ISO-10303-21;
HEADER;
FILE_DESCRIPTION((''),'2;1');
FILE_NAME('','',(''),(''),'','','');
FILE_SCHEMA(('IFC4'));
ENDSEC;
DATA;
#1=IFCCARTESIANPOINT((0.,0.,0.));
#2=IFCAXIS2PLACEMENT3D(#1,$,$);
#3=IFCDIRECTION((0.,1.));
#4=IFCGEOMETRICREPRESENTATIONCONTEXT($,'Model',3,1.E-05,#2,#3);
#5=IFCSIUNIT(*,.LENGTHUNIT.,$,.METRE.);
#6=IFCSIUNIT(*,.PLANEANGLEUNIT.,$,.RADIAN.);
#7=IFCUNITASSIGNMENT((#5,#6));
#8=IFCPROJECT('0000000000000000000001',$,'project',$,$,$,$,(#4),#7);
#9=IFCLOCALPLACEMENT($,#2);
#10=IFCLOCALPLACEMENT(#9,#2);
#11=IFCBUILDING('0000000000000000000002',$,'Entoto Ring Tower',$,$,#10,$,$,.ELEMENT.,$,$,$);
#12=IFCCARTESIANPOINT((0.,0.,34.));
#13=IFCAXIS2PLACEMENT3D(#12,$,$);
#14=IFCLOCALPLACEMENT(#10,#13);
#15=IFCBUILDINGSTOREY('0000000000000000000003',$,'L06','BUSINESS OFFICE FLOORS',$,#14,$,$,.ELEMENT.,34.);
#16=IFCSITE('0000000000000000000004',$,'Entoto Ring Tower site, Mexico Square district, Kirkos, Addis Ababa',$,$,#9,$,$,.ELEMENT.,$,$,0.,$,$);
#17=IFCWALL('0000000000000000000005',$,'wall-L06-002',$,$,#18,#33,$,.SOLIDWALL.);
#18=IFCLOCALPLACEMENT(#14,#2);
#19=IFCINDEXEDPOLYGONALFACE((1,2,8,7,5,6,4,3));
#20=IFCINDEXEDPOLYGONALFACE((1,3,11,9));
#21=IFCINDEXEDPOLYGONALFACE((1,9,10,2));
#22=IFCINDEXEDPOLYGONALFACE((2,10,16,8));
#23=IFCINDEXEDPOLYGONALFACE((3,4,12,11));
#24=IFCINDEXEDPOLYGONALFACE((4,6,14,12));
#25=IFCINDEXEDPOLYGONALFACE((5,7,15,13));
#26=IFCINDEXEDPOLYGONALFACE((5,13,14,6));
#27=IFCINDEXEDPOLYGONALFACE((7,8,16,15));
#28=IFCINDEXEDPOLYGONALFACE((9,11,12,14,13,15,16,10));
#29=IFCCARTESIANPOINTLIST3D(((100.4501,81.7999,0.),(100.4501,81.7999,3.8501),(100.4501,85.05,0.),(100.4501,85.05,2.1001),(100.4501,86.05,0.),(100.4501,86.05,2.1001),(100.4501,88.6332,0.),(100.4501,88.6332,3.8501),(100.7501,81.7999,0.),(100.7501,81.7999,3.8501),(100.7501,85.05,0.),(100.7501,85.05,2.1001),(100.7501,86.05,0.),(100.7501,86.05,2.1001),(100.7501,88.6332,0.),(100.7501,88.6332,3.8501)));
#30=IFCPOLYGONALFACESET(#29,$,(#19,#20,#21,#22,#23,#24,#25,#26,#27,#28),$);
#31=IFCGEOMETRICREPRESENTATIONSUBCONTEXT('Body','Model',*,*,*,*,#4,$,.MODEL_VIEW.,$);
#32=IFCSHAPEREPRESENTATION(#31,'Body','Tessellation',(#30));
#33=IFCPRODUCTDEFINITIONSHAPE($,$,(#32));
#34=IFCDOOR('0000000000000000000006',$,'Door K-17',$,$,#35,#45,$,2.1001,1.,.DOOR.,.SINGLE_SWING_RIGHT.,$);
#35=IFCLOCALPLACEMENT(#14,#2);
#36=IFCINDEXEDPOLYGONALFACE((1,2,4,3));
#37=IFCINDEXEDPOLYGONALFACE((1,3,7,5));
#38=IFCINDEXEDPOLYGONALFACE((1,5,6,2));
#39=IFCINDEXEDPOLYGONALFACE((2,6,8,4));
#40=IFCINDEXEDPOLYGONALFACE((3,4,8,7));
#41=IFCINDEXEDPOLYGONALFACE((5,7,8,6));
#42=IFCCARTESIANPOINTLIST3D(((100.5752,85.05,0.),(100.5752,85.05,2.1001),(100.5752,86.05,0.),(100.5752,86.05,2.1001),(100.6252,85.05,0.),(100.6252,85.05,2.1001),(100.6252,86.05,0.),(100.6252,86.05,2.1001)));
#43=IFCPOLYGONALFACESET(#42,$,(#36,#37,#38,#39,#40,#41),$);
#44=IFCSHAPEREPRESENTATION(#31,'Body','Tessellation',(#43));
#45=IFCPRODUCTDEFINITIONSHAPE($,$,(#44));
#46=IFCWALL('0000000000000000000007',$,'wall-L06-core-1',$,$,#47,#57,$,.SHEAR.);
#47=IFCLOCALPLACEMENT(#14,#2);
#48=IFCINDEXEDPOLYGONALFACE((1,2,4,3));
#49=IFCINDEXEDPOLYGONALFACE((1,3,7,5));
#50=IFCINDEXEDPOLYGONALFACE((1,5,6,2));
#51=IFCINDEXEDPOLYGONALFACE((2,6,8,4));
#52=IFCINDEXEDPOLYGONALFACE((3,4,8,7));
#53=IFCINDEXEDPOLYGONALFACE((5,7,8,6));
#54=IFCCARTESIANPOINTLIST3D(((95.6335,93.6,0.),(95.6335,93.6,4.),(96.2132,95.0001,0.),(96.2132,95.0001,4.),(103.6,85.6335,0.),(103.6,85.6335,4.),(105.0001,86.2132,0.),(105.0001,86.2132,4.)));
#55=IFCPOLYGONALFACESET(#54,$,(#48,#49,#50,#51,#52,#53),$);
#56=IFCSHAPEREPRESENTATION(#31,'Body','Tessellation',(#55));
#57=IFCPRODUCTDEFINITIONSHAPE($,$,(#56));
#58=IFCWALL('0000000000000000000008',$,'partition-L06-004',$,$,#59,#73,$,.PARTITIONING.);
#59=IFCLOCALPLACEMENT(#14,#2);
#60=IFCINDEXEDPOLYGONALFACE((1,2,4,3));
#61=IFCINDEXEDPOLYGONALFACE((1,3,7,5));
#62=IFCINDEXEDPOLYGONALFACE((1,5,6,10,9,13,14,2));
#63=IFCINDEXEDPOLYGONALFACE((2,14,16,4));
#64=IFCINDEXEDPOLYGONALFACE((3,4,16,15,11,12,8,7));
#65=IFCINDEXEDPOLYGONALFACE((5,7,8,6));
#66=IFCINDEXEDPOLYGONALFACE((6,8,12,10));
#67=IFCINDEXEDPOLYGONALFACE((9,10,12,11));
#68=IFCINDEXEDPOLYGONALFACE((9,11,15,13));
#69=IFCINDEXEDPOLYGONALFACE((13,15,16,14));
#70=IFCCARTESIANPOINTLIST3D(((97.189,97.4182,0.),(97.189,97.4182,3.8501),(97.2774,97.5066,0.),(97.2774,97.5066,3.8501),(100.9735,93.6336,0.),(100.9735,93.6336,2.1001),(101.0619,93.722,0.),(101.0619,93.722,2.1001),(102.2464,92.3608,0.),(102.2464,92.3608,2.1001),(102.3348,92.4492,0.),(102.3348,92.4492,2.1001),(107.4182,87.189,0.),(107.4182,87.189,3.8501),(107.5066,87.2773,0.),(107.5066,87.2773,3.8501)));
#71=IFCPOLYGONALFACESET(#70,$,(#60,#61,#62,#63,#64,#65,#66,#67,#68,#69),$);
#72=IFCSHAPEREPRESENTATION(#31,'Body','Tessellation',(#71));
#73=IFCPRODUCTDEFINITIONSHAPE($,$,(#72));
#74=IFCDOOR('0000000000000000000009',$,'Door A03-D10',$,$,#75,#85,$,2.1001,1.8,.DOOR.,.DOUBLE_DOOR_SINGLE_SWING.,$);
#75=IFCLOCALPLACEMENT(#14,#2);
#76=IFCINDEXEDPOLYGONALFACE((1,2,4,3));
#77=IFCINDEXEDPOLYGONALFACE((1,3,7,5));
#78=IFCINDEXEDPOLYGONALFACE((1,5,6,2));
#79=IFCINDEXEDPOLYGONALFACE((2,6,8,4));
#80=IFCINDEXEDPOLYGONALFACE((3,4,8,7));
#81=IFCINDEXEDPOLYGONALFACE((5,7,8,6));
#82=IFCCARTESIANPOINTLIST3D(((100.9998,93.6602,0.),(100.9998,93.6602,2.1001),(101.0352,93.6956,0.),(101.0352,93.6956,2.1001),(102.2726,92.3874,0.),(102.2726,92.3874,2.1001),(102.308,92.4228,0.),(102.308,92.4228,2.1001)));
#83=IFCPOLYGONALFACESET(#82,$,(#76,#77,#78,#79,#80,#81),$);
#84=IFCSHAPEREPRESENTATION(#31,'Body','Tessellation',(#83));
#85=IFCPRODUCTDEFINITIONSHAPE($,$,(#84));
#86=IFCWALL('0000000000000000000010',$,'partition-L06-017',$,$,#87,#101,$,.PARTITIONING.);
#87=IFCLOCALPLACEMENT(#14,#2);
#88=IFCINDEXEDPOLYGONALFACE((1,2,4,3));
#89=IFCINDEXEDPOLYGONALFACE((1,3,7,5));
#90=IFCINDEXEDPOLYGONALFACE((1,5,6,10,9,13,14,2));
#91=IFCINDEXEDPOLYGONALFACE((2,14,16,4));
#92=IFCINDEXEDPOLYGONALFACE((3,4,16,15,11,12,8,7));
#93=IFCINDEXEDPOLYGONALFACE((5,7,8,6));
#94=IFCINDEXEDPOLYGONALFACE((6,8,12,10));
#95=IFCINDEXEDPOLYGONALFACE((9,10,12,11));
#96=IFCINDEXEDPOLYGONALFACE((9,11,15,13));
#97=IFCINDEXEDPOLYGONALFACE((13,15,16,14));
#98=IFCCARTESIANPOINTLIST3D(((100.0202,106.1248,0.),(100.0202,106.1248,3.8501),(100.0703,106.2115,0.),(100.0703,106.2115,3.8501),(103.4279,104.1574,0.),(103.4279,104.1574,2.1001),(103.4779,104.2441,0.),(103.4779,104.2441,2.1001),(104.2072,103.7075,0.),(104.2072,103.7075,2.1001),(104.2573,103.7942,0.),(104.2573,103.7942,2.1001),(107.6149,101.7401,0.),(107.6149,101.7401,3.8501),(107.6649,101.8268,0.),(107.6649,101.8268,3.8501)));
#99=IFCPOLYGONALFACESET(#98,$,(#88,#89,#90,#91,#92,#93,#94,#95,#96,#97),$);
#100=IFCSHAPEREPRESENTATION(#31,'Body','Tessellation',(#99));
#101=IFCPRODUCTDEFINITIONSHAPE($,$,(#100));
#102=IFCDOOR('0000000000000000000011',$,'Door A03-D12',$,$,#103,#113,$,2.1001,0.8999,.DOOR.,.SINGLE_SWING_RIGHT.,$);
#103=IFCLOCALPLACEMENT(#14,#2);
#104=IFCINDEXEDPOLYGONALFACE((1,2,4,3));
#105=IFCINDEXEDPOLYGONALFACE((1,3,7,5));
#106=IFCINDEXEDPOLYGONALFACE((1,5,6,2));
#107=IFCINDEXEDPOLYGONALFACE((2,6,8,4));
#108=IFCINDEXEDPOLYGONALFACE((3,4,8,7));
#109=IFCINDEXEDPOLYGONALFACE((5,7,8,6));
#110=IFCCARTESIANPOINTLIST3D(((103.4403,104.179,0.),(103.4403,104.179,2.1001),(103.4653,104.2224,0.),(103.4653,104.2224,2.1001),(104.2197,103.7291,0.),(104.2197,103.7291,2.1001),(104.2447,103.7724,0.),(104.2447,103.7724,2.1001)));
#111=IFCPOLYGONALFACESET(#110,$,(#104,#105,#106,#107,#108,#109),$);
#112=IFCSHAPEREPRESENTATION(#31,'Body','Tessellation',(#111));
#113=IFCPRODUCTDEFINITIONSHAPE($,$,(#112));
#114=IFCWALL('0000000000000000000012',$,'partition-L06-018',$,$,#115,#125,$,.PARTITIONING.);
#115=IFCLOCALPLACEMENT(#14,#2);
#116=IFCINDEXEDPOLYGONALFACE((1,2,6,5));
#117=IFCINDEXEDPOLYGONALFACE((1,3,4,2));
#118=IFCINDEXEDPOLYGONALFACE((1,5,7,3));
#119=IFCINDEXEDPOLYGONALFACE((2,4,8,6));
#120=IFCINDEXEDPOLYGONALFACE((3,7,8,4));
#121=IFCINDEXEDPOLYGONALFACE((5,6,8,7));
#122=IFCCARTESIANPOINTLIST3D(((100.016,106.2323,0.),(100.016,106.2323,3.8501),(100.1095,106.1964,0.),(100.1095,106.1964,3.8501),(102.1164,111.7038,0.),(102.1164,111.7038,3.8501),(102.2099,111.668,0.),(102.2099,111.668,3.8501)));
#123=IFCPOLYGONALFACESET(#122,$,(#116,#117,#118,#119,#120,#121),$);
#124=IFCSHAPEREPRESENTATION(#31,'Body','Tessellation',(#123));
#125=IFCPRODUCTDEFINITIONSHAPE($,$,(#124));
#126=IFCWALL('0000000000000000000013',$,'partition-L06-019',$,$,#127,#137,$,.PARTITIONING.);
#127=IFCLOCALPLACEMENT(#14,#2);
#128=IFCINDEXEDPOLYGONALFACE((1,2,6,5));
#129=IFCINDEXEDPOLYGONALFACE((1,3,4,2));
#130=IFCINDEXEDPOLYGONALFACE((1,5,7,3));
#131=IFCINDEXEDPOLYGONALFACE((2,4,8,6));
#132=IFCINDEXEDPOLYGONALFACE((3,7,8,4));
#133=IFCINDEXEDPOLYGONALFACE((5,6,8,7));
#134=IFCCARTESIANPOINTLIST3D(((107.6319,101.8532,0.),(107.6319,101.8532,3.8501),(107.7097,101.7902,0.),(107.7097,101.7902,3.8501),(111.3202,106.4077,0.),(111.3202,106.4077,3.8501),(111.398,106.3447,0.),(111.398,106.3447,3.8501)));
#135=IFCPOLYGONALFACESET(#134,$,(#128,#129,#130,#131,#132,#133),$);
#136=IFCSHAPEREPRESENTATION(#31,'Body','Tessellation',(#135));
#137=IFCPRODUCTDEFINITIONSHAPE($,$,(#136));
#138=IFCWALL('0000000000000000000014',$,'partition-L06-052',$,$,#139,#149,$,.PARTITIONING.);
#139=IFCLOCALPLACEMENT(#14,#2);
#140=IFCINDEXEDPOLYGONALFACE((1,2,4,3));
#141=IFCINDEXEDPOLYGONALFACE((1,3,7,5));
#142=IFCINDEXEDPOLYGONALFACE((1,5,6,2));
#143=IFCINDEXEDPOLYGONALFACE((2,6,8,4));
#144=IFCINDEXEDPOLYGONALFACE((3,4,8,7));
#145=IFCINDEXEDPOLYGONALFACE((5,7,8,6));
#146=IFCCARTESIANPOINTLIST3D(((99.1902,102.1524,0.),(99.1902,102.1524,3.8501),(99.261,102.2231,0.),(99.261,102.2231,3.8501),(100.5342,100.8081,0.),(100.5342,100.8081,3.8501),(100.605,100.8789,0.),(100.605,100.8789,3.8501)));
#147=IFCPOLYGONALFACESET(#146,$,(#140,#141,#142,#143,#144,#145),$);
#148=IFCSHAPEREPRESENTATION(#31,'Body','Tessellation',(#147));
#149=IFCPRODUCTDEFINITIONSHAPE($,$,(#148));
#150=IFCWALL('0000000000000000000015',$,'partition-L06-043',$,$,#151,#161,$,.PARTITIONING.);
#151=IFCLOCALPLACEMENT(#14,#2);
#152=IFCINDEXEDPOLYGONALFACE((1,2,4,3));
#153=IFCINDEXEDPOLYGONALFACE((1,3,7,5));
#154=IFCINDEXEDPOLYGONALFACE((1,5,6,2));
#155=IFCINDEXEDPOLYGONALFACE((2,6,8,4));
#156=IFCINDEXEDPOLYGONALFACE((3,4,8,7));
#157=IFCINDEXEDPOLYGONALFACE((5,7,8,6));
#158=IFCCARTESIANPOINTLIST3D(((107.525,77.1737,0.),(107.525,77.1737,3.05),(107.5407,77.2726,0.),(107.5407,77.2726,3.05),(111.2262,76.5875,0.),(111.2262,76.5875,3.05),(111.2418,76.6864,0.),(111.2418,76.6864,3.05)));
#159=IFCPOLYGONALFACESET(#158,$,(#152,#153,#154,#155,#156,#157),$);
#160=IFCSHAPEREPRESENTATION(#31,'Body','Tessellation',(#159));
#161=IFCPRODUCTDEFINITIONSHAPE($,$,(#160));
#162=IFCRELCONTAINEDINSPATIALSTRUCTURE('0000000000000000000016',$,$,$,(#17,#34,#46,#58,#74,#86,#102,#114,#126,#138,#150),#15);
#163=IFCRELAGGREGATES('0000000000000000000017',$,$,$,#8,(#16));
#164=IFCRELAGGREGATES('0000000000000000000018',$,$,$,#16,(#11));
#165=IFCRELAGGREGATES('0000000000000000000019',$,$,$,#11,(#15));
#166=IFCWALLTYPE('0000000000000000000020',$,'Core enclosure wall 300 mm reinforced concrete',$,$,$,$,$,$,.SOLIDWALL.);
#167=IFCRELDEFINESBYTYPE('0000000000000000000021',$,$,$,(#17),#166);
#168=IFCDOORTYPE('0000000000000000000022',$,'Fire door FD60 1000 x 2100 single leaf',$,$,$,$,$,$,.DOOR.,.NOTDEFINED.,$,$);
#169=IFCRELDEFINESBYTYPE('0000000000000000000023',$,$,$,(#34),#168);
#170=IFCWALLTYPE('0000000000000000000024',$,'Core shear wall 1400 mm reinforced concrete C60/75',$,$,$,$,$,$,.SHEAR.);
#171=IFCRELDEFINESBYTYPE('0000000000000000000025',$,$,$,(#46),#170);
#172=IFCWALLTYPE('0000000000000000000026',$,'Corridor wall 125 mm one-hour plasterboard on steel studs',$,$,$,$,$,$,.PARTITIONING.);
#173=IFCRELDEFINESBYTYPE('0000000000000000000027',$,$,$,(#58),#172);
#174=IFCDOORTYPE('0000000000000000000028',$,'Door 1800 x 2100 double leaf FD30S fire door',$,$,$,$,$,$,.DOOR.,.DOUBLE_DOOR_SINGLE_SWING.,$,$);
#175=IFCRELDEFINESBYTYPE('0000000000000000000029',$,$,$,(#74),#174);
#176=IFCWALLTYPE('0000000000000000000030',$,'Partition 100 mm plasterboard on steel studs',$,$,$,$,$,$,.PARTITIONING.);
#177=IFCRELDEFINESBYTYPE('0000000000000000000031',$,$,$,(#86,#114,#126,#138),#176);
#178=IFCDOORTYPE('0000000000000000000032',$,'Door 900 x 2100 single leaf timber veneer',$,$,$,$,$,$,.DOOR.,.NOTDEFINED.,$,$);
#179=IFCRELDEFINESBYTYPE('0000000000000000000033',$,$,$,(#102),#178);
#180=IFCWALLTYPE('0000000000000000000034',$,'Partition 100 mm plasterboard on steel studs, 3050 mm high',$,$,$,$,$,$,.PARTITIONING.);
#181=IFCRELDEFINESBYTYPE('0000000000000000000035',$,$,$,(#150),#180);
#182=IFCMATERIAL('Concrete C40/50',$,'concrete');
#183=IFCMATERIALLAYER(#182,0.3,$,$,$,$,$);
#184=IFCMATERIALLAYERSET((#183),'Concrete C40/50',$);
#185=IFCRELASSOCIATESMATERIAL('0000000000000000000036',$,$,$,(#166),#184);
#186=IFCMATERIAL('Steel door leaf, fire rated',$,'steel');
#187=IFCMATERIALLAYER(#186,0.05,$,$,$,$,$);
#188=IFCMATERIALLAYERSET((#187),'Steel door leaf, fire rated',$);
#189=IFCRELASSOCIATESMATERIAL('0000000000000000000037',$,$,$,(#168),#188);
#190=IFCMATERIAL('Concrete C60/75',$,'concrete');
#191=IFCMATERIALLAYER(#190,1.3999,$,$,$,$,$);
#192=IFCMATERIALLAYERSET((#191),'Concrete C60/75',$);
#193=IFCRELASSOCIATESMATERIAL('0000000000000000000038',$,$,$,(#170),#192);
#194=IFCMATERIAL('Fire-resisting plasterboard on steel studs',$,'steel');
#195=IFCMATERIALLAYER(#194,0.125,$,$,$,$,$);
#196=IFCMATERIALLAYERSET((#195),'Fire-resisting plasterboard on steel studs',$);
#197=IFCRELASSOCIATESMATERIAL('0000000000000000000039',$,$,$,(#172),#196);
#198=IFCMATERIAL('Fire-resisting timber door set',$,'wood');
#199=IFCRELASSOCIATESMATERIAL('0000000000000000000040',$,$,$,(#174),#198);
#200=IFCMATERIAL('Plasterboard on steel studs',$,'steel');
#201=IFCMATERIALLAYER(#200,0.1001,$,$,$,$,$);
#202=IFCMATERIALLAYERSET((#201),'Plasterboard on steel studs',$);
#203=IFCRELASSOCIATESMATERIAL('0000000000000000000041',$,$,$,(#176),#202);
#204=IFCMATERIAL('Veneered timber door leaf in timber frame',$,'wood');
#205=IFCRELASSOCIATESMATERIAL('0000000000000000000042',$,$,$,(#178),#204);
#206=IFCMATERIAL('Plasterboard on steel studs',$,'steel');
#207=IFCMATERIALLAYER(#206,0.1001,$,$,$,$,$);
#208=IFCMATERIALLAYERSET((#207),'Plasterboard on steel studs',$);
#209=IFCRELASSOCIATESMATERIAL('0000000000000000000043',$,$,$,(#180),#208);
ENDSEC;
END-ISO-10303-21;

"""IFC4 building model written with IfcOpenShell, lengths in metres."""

from ifc_helpers import new_model, si_unit, direction, frame, frame_2d, origin, place, context, subcontext, project, spatial, polyline, rectangle, outline, extrude, material, layer, layer_set, type_object, element, fill, save


model = new_model("IFC4")

# Units and contexts
model_context = context("Model", 3, precision=1e-05, world=origin(), true_north=direction((0.0, 1.0)))
body_context = subcontext(model_context, "Body", "Model", "MODEL_VIEW")
ifc_project = project(units=[si_unit("LENGTHUNIT", "METRE"), si_unit("PLANEANGLEUNIT", "RADIAN")], contexts=[model_context])

# Site, building, storey
site_placement = place(None, origin())
site = spatial("IfcSite", under=ifc_project, at=site_placement, Name="Entoto Ring Tower site, Mexico Square district, Kirkos, Addis Ababa", CompositionType="ELEMENT", RefElevation=0.0)
building_placement = place(site_placement, origin())
building = spatial("IfcBuilding", under=site, at=building_placement, Name="Entoto Ring Tower", CompositionType="ELEMENT")
storey_placement = place(building_placement, frame((0.0, 0.0, 34.0)))
storey = spatial("IfcBuildingStorey", under=building, at=storey_placement, Name="L06", Description="BUSINESS OFFICE FLOORS", CompositionType="ELEMENT", Elevation=34.0)

# Wall, opening, door
ifc_material_1 = material(Name="Concrete C40/50", Category="concrete")
ifc_layer_1 = layer(ifc_material_1, 0.3)
ifc_layer_set_1 = layer_set([ifc_layer_1], Name="Concrete C40/50")
wall_type_1 = type_object("IfcWallType", Name="Core enclosure wall 300 mm reinforced concrete", PredefinedType="SOLIDWALL", material=ifc_layer_set_1)
wall_1_placement = place(storey_placement, frame((100.6001, 81.8, 0.0), z_axis=(0.0, 0.0, 1.0), x_axis=(0.0, 1.0, 0.0)))
wall_1 = element("IfcWall", 1, at=wall_1_placement, inside=storey, type_object=wall_type_1, Name="wall-L06-002", PredefinedType="SOLIDWALL", context=body_context, shape_type="SweptSolid", body=[
    extrude(rectangle(XDim=6.8333, YDim=0.3, at=frame_2d((3.4165, 0.0))), origin(), (0.0, 0.0, 1.0), 3.8501),
])
opening_1_placement = place(wall_1_placement, frame((3.25, 0.0, 0.0)))
opening_1 = element("IfcOpeningElement", 2, at=opening_1_placement, cuts=wall_1, PredefinedType="OPENING", context=body_context, shape_type="SweptSolid", body=[
    extrude(rectangle(XDim=1.0, YDim=2.1001, at=frame_2d((0.5, 1.05))), frame((0.0, 0.1602, 0.0), z_axis=(0.0, -1.0, 0.0), x_axis=(1.0, 0.0, 0.0)), (0.0, 0.0, 1.0), 0.3201),
])
ifc_material_2 = material(Name="Steel door leaf, fire rated", Category="steel")
ifc_layer_2 = layer(ifc_material_2, 0.05)
ifc_layer_set_2 = layer_set([ifc_layer_2], Name="Steel door leaf, fire rated")
door_type_1 = type_object("IfcDoorType", Name="Fire door FD60 1000 x 2100 single leaf", OperationType="NOTDEFINED", PredefinedType="DOOR", material=ifc_layer_set_2)
door_1_placement = place(opening_1_placement, origin())
door_1 = element("IfcDoor", 3, at=door_1_placement, inside=storey, type_object=door_type_1, Name="Door K-17", OperationType="SINGLE_SWING_RIGHT", OverallHeight=2.1001, OverallWidth=1.0, PredefinedType="DOOR", context=body_context, shape_type="SweptSolid", body=[
    extrude(rectangle(XDim=1.0, YDim=2.1001, at=frame_2d((0.5, 1.05))), frame((0.0, 0.0249, 0.0), z_axis=(0.0, -1.0, 0.0), x_axis=(1.0, 0.0, 0.0)), (0.0, 0.0, 1.0), 0.05),
])
fill(opening_1, door_1)

# Wall
ifc_material_3 = material(Name="Concrete C60/75", Category="concrete")
ifc_layer_3 = layer(ifc_material_3, 1.3999)
ifc_layer_set_3 = layer_set([ifc_layer_3], Name="Concrete C60/75")
wall_type_2 = type_object("IfcWallType", Name="Core shear wall 1400 mm reinforced concrete C60/75", PredefinedType="SHEAR", material=ifc_layer_set_3)
wall_2_placement = place(storey_placement, frame((104.3, 85.9233, 0.0), z_axis=(0.0, 0.0, 1.0), x_axis=(-0.707107, 0.707107, 0.0)))
element("IfcWall", 4, at=wall_2_placement, inside=storey, type_object=wall_type_2, Name="wall-L06-core-1", PredefinedType="SHEAR", context=body_context, shape_type="SweptSolid", body=[
    extrude(outline(polyline([(-0.29, -0.7), (12.1365, -0.7), (11.5564, 0.7), (0.29, 0.7), (-0.29, -0.7)])), origin(), (0.0, 0.0, 1.0), 4.0),
])

# Walls, openings, doors
ifc_material_4 = material(Name="Fire-resisting plasterboard on steel studs", Category="steel")
ifc_layer_4 = layer(ifc_material_4, 0.125)
ifc_layer_set_4 = layer_set([ifc_layer_4], Name="Fire-resisting plasterboard on steel studs")
wall_type_3 = type_object("IfcWallType", Name="Corridor wall 125 mm one-hour plasterboard on steel studs", PredefinedType="PARTITIONING", material=ifc_layer_set_4)
wall_3_placement = place(storey_placement, frame((107.4624, 87.2332, 0.0), z_axis=(0.0, 0.0, 1.0), x_axis=(-0.707107, 0.707107, 0.0)))
wall_3 = element("IfcWall", 5, at=wall_3_placement, inside=storey, type_object=wall_type_3, Name="partition-L06-004", PredefinedType="PARTITIONING", context=body_context, shape_type="SweptSolid", body=[
    extrude(rectangle(XDim=14.4663, YDim=0.125, at=frame_2d((7.2332, 0.0))), origin(), (0.0, 0.0, 1.0), 3.8501),
])
opening_2_placement = place(wall_3_placement, frame((7.3142, 0.0, 0.0)))
opening_2 = element("IfcOpeningElement", 6, at=opening_2_placement, cuts=wall_3, PredefinedType="OPENING", context=body_context, shape_type="SweptSolid", body=[
    extrude(rectangle(XDim=1.8, YDim=2.1001, at=frame_2d((0.8999, 1.05))), frame((0.0, 0.0725, 0.0), z_axis=(0.0, -1.0, 0.0), x_axis=(1.0, 0.0, 0.0)), (0.0, 0.0, 1.0), 0.145),
])
ifc_material_5 = material(Name="Fire-resisting timber door set", Category="wood")
door_type_2 = type_object("IfcDoorType", Name="Door 1800 x 2100 double leaf FD30S fire door", OperationType="DOUBLE_DOOR_SINGLE_SWING", PredefinedType="DOOR", material=ifc_material_5)
door_2_placement = place(opening_2_placement, frame((1.8, 0.0, 0.0), z_axis=(0.0, 0.0, 1.0), x_axis=(-1.0, 0.0, 0.0)))
door_2 = element("IfcDoor", 7, at=door_2_placement, inside=storey, type_object=door_type_2, Name="Door A03-D10", OperationType="DOUBLE_DOOR_SINGLE_SWING", OverallHeight=2.1001, OverallWidth=1.8, PredefinedType="DOOR", context=body_context, shape_type="SweptSolid", body=[
    extrude(rectangle(XDim=1.8, YDim=2.1001, at=frame_2d((0.8999, 1.05))), frame((0.0, 0.0249, 0.0), z_axis=(0.0, -1.0, 0.0), x_axis=(1.0, 0.0, 0.0)), (0.0, 0.0, 1.0), 0.05),
])
fill(opening_2, door_2)
ifc_material_6 = material(Name="Plasterboard on steel studs", Category="steel")
ifc_layer_5 = layer(ifc_material_6, 0.1001)
ifc_layer_set_5 = layer_set([ifc_layer_5], Name="Plasterboard on steel studs")
wall_type_4 = type_object("IfcWallType", Name="Partition 100 mm plasterboard on steel studs", PredefinedType="PARTITIONING", material=ifc_layer_set_5)
wall_4_placement = place(storey_placement, frame((107.6399, 101.7834, 0.0), z_axis=(0.0, 0.0, 1.0), x_axis=(-0.866028, 0.499996, 0.0)))
wall_4 = element("IfcWall", 8, at=wall_4_placement, inside=storey, type_object=wall_type_4, Name="partition-L06-017", PredefinedType="PARTITIONING", context=body_context, shape_type="SweptSolid", body=[
    extrude(rectangle(XDim=8.7695, YDim=0.1001, at=frame_2d((4.3848, 0.0))), origin(), (0.0, 0.0, 1.0), 3.8501),
])
opening_3_placement = place(wall_4_placement, frame((3.9348, 0.0, 0.0)))
opening_3 = element("IfcOpeningElement", 9, at=opening_3_placement, cuts=wall_4, PredefinedType="OPENING", context=body_context, shape_type="SweptSolid", body=[
    extrude(rectangle(XDim=0.8999, YDim=2.1001, at=frame_2d((0.45, 1.05))), frame((0.0, 0.0601, 0.0), z_axis=(0.0, -1.0, 0.0), x_axis=(1.0, 0.0, 0.0)), (0.0, 0.0, 1.0), 0.1201),
])
ifc_material_7 = material(Name="Veneered timber door leaf in timber frame", Category="wood")
door_type_3 = type_object("IfcDoorType", Name="Door 900 x 2100 single leaf timber veneer", OperationType="NOTDEFINED", PredefinedType="DOOR", material=ifc_material_7)
door_3_placement = place(opening_3_placement, frame((0.8999, 0.0, 0.0), z_axis=(0.0, 0.0, 1.0), x_axis=(-1.0, 0.0, 0.0)))
door_3 = element("IfcDoor", 10, at=door_3_placement, inside=storey, type_object=door_type_3, Name="Door A03-D12", OperationType="SINGLE_SWING_RIGHT", OverallHeight=2.1001, OverallWidth=0.8999, PredefinedType="DOOR", context=body_context, shape_type="SweptSolid", body=[
    extrude(rectangle(XDim=0.8999, YDim=2.1001, at=frame_2d((0.45, 1.05))), frame((0.0, 0.0249, 0.0), z_axis=(0.0, -1.0, 0.0), x_axis=(1.0, 0.0, 0.0)), (0.0, 0.0, 1.0), 0.05),
])
fill(opening_3, door_3)

# Walls
wall_5_placement = place(storey_placement, frame((100.0627, 106.2144, 0.0), z_axis=(0.0, 0.0, 1.0), x_axis=(0.358376, 0.933577, 0.0)))
element("IfcWall", 11, at=wall_5_placement, inside=storey, type_object=wall_type_4, Name="partition-L06-018", PredefinedType="PARTITIONING", context=body_context, shape_type="SweptSolid", body=[
    extrude(rectangle(XDim=5.8608, YDim=0.1001, at=frame_2d((2.9304, 0.0))), origin(), (0.0, 0.0, 1.0), 3.8501),
])
wall_6_placement = place(storey_placement, frame((107.6709, 101.8218, 0.0), z_axis=(0.0, 0.0, 1.0), x_axis=(0.629332, 0.777136, 0.0)))
element("IfcWall", 12, at=wall_6_placement, inside=storey, type_object=wall_type_4, Name="partition-L06-019", PredefinedType="PARTITIONING", context=body_context, shape_type="SweptSolid", body=[
    extrude(rectangle(XDim=5.8606, YDim=0.1001, at=frame_2d((2.9302, 0.0))), origin(), (0.0, 0.0, 1.0), 3.8501),
])
wall_7_placement = place(storey_placement, frame((100.5696, 100.8435, 0.0), z_axis=(0.0, 0.0, 1.0), x_axis=(-0.707043, 0.707171, 0.0)))
element("IfcWall", 13, at=wall_7_placement, inside=storey, type_object=wall_type_4, Name="partition-L06-052", PredefinedType="PARTITIONING", context=body_context, shape_type="SweptSolid", body=[
    extrude(rectangle(XDim=1.9009, YDim=0.1001, at=frame_2d((0.9504, 0.0))), origin(), (0.0, 0.0, 1.0), 3.8501),
])
ifc_material_8 = material(Name="Plasterboard on steel studs", Category="steel")
ifc_layer_6 = layer(ifc_material_8, 0.1001)
ifc_layer_set_6 = layer_set([ifc_layer_6], Name="Plasterboard on steel studs")
wall_type_5 = type_object("IfcWallType", Name="Partition 100 mm plasterboard on steel studs, 3050 mm high", PredefinedType="PARTITIONING", material=ifc_layer_set_6)
wall_8_placement = place(storey_placement, frame((111.2339, 76.637, 0.0), z_axis=(0.0, 0.0, 1.0), x_axis=(-0.987689, 0.156428, 0.0)))
element("IfcWall", 14, at=wall_8_placement, inside=storey, type_object=wall_type_5, Name="partition-L06-043", PredefinedType="PARTITIONING", context=body_context, shape_type="SweptSolid", body=[
    extrude(rectangle(XDim=3.7473, YDim=0.1001, at=frame_2d((1.8735, 0.0))), origin(), (0.0, 0.0, 1.0), 3.05),
])

save(model, "model.ifc")
